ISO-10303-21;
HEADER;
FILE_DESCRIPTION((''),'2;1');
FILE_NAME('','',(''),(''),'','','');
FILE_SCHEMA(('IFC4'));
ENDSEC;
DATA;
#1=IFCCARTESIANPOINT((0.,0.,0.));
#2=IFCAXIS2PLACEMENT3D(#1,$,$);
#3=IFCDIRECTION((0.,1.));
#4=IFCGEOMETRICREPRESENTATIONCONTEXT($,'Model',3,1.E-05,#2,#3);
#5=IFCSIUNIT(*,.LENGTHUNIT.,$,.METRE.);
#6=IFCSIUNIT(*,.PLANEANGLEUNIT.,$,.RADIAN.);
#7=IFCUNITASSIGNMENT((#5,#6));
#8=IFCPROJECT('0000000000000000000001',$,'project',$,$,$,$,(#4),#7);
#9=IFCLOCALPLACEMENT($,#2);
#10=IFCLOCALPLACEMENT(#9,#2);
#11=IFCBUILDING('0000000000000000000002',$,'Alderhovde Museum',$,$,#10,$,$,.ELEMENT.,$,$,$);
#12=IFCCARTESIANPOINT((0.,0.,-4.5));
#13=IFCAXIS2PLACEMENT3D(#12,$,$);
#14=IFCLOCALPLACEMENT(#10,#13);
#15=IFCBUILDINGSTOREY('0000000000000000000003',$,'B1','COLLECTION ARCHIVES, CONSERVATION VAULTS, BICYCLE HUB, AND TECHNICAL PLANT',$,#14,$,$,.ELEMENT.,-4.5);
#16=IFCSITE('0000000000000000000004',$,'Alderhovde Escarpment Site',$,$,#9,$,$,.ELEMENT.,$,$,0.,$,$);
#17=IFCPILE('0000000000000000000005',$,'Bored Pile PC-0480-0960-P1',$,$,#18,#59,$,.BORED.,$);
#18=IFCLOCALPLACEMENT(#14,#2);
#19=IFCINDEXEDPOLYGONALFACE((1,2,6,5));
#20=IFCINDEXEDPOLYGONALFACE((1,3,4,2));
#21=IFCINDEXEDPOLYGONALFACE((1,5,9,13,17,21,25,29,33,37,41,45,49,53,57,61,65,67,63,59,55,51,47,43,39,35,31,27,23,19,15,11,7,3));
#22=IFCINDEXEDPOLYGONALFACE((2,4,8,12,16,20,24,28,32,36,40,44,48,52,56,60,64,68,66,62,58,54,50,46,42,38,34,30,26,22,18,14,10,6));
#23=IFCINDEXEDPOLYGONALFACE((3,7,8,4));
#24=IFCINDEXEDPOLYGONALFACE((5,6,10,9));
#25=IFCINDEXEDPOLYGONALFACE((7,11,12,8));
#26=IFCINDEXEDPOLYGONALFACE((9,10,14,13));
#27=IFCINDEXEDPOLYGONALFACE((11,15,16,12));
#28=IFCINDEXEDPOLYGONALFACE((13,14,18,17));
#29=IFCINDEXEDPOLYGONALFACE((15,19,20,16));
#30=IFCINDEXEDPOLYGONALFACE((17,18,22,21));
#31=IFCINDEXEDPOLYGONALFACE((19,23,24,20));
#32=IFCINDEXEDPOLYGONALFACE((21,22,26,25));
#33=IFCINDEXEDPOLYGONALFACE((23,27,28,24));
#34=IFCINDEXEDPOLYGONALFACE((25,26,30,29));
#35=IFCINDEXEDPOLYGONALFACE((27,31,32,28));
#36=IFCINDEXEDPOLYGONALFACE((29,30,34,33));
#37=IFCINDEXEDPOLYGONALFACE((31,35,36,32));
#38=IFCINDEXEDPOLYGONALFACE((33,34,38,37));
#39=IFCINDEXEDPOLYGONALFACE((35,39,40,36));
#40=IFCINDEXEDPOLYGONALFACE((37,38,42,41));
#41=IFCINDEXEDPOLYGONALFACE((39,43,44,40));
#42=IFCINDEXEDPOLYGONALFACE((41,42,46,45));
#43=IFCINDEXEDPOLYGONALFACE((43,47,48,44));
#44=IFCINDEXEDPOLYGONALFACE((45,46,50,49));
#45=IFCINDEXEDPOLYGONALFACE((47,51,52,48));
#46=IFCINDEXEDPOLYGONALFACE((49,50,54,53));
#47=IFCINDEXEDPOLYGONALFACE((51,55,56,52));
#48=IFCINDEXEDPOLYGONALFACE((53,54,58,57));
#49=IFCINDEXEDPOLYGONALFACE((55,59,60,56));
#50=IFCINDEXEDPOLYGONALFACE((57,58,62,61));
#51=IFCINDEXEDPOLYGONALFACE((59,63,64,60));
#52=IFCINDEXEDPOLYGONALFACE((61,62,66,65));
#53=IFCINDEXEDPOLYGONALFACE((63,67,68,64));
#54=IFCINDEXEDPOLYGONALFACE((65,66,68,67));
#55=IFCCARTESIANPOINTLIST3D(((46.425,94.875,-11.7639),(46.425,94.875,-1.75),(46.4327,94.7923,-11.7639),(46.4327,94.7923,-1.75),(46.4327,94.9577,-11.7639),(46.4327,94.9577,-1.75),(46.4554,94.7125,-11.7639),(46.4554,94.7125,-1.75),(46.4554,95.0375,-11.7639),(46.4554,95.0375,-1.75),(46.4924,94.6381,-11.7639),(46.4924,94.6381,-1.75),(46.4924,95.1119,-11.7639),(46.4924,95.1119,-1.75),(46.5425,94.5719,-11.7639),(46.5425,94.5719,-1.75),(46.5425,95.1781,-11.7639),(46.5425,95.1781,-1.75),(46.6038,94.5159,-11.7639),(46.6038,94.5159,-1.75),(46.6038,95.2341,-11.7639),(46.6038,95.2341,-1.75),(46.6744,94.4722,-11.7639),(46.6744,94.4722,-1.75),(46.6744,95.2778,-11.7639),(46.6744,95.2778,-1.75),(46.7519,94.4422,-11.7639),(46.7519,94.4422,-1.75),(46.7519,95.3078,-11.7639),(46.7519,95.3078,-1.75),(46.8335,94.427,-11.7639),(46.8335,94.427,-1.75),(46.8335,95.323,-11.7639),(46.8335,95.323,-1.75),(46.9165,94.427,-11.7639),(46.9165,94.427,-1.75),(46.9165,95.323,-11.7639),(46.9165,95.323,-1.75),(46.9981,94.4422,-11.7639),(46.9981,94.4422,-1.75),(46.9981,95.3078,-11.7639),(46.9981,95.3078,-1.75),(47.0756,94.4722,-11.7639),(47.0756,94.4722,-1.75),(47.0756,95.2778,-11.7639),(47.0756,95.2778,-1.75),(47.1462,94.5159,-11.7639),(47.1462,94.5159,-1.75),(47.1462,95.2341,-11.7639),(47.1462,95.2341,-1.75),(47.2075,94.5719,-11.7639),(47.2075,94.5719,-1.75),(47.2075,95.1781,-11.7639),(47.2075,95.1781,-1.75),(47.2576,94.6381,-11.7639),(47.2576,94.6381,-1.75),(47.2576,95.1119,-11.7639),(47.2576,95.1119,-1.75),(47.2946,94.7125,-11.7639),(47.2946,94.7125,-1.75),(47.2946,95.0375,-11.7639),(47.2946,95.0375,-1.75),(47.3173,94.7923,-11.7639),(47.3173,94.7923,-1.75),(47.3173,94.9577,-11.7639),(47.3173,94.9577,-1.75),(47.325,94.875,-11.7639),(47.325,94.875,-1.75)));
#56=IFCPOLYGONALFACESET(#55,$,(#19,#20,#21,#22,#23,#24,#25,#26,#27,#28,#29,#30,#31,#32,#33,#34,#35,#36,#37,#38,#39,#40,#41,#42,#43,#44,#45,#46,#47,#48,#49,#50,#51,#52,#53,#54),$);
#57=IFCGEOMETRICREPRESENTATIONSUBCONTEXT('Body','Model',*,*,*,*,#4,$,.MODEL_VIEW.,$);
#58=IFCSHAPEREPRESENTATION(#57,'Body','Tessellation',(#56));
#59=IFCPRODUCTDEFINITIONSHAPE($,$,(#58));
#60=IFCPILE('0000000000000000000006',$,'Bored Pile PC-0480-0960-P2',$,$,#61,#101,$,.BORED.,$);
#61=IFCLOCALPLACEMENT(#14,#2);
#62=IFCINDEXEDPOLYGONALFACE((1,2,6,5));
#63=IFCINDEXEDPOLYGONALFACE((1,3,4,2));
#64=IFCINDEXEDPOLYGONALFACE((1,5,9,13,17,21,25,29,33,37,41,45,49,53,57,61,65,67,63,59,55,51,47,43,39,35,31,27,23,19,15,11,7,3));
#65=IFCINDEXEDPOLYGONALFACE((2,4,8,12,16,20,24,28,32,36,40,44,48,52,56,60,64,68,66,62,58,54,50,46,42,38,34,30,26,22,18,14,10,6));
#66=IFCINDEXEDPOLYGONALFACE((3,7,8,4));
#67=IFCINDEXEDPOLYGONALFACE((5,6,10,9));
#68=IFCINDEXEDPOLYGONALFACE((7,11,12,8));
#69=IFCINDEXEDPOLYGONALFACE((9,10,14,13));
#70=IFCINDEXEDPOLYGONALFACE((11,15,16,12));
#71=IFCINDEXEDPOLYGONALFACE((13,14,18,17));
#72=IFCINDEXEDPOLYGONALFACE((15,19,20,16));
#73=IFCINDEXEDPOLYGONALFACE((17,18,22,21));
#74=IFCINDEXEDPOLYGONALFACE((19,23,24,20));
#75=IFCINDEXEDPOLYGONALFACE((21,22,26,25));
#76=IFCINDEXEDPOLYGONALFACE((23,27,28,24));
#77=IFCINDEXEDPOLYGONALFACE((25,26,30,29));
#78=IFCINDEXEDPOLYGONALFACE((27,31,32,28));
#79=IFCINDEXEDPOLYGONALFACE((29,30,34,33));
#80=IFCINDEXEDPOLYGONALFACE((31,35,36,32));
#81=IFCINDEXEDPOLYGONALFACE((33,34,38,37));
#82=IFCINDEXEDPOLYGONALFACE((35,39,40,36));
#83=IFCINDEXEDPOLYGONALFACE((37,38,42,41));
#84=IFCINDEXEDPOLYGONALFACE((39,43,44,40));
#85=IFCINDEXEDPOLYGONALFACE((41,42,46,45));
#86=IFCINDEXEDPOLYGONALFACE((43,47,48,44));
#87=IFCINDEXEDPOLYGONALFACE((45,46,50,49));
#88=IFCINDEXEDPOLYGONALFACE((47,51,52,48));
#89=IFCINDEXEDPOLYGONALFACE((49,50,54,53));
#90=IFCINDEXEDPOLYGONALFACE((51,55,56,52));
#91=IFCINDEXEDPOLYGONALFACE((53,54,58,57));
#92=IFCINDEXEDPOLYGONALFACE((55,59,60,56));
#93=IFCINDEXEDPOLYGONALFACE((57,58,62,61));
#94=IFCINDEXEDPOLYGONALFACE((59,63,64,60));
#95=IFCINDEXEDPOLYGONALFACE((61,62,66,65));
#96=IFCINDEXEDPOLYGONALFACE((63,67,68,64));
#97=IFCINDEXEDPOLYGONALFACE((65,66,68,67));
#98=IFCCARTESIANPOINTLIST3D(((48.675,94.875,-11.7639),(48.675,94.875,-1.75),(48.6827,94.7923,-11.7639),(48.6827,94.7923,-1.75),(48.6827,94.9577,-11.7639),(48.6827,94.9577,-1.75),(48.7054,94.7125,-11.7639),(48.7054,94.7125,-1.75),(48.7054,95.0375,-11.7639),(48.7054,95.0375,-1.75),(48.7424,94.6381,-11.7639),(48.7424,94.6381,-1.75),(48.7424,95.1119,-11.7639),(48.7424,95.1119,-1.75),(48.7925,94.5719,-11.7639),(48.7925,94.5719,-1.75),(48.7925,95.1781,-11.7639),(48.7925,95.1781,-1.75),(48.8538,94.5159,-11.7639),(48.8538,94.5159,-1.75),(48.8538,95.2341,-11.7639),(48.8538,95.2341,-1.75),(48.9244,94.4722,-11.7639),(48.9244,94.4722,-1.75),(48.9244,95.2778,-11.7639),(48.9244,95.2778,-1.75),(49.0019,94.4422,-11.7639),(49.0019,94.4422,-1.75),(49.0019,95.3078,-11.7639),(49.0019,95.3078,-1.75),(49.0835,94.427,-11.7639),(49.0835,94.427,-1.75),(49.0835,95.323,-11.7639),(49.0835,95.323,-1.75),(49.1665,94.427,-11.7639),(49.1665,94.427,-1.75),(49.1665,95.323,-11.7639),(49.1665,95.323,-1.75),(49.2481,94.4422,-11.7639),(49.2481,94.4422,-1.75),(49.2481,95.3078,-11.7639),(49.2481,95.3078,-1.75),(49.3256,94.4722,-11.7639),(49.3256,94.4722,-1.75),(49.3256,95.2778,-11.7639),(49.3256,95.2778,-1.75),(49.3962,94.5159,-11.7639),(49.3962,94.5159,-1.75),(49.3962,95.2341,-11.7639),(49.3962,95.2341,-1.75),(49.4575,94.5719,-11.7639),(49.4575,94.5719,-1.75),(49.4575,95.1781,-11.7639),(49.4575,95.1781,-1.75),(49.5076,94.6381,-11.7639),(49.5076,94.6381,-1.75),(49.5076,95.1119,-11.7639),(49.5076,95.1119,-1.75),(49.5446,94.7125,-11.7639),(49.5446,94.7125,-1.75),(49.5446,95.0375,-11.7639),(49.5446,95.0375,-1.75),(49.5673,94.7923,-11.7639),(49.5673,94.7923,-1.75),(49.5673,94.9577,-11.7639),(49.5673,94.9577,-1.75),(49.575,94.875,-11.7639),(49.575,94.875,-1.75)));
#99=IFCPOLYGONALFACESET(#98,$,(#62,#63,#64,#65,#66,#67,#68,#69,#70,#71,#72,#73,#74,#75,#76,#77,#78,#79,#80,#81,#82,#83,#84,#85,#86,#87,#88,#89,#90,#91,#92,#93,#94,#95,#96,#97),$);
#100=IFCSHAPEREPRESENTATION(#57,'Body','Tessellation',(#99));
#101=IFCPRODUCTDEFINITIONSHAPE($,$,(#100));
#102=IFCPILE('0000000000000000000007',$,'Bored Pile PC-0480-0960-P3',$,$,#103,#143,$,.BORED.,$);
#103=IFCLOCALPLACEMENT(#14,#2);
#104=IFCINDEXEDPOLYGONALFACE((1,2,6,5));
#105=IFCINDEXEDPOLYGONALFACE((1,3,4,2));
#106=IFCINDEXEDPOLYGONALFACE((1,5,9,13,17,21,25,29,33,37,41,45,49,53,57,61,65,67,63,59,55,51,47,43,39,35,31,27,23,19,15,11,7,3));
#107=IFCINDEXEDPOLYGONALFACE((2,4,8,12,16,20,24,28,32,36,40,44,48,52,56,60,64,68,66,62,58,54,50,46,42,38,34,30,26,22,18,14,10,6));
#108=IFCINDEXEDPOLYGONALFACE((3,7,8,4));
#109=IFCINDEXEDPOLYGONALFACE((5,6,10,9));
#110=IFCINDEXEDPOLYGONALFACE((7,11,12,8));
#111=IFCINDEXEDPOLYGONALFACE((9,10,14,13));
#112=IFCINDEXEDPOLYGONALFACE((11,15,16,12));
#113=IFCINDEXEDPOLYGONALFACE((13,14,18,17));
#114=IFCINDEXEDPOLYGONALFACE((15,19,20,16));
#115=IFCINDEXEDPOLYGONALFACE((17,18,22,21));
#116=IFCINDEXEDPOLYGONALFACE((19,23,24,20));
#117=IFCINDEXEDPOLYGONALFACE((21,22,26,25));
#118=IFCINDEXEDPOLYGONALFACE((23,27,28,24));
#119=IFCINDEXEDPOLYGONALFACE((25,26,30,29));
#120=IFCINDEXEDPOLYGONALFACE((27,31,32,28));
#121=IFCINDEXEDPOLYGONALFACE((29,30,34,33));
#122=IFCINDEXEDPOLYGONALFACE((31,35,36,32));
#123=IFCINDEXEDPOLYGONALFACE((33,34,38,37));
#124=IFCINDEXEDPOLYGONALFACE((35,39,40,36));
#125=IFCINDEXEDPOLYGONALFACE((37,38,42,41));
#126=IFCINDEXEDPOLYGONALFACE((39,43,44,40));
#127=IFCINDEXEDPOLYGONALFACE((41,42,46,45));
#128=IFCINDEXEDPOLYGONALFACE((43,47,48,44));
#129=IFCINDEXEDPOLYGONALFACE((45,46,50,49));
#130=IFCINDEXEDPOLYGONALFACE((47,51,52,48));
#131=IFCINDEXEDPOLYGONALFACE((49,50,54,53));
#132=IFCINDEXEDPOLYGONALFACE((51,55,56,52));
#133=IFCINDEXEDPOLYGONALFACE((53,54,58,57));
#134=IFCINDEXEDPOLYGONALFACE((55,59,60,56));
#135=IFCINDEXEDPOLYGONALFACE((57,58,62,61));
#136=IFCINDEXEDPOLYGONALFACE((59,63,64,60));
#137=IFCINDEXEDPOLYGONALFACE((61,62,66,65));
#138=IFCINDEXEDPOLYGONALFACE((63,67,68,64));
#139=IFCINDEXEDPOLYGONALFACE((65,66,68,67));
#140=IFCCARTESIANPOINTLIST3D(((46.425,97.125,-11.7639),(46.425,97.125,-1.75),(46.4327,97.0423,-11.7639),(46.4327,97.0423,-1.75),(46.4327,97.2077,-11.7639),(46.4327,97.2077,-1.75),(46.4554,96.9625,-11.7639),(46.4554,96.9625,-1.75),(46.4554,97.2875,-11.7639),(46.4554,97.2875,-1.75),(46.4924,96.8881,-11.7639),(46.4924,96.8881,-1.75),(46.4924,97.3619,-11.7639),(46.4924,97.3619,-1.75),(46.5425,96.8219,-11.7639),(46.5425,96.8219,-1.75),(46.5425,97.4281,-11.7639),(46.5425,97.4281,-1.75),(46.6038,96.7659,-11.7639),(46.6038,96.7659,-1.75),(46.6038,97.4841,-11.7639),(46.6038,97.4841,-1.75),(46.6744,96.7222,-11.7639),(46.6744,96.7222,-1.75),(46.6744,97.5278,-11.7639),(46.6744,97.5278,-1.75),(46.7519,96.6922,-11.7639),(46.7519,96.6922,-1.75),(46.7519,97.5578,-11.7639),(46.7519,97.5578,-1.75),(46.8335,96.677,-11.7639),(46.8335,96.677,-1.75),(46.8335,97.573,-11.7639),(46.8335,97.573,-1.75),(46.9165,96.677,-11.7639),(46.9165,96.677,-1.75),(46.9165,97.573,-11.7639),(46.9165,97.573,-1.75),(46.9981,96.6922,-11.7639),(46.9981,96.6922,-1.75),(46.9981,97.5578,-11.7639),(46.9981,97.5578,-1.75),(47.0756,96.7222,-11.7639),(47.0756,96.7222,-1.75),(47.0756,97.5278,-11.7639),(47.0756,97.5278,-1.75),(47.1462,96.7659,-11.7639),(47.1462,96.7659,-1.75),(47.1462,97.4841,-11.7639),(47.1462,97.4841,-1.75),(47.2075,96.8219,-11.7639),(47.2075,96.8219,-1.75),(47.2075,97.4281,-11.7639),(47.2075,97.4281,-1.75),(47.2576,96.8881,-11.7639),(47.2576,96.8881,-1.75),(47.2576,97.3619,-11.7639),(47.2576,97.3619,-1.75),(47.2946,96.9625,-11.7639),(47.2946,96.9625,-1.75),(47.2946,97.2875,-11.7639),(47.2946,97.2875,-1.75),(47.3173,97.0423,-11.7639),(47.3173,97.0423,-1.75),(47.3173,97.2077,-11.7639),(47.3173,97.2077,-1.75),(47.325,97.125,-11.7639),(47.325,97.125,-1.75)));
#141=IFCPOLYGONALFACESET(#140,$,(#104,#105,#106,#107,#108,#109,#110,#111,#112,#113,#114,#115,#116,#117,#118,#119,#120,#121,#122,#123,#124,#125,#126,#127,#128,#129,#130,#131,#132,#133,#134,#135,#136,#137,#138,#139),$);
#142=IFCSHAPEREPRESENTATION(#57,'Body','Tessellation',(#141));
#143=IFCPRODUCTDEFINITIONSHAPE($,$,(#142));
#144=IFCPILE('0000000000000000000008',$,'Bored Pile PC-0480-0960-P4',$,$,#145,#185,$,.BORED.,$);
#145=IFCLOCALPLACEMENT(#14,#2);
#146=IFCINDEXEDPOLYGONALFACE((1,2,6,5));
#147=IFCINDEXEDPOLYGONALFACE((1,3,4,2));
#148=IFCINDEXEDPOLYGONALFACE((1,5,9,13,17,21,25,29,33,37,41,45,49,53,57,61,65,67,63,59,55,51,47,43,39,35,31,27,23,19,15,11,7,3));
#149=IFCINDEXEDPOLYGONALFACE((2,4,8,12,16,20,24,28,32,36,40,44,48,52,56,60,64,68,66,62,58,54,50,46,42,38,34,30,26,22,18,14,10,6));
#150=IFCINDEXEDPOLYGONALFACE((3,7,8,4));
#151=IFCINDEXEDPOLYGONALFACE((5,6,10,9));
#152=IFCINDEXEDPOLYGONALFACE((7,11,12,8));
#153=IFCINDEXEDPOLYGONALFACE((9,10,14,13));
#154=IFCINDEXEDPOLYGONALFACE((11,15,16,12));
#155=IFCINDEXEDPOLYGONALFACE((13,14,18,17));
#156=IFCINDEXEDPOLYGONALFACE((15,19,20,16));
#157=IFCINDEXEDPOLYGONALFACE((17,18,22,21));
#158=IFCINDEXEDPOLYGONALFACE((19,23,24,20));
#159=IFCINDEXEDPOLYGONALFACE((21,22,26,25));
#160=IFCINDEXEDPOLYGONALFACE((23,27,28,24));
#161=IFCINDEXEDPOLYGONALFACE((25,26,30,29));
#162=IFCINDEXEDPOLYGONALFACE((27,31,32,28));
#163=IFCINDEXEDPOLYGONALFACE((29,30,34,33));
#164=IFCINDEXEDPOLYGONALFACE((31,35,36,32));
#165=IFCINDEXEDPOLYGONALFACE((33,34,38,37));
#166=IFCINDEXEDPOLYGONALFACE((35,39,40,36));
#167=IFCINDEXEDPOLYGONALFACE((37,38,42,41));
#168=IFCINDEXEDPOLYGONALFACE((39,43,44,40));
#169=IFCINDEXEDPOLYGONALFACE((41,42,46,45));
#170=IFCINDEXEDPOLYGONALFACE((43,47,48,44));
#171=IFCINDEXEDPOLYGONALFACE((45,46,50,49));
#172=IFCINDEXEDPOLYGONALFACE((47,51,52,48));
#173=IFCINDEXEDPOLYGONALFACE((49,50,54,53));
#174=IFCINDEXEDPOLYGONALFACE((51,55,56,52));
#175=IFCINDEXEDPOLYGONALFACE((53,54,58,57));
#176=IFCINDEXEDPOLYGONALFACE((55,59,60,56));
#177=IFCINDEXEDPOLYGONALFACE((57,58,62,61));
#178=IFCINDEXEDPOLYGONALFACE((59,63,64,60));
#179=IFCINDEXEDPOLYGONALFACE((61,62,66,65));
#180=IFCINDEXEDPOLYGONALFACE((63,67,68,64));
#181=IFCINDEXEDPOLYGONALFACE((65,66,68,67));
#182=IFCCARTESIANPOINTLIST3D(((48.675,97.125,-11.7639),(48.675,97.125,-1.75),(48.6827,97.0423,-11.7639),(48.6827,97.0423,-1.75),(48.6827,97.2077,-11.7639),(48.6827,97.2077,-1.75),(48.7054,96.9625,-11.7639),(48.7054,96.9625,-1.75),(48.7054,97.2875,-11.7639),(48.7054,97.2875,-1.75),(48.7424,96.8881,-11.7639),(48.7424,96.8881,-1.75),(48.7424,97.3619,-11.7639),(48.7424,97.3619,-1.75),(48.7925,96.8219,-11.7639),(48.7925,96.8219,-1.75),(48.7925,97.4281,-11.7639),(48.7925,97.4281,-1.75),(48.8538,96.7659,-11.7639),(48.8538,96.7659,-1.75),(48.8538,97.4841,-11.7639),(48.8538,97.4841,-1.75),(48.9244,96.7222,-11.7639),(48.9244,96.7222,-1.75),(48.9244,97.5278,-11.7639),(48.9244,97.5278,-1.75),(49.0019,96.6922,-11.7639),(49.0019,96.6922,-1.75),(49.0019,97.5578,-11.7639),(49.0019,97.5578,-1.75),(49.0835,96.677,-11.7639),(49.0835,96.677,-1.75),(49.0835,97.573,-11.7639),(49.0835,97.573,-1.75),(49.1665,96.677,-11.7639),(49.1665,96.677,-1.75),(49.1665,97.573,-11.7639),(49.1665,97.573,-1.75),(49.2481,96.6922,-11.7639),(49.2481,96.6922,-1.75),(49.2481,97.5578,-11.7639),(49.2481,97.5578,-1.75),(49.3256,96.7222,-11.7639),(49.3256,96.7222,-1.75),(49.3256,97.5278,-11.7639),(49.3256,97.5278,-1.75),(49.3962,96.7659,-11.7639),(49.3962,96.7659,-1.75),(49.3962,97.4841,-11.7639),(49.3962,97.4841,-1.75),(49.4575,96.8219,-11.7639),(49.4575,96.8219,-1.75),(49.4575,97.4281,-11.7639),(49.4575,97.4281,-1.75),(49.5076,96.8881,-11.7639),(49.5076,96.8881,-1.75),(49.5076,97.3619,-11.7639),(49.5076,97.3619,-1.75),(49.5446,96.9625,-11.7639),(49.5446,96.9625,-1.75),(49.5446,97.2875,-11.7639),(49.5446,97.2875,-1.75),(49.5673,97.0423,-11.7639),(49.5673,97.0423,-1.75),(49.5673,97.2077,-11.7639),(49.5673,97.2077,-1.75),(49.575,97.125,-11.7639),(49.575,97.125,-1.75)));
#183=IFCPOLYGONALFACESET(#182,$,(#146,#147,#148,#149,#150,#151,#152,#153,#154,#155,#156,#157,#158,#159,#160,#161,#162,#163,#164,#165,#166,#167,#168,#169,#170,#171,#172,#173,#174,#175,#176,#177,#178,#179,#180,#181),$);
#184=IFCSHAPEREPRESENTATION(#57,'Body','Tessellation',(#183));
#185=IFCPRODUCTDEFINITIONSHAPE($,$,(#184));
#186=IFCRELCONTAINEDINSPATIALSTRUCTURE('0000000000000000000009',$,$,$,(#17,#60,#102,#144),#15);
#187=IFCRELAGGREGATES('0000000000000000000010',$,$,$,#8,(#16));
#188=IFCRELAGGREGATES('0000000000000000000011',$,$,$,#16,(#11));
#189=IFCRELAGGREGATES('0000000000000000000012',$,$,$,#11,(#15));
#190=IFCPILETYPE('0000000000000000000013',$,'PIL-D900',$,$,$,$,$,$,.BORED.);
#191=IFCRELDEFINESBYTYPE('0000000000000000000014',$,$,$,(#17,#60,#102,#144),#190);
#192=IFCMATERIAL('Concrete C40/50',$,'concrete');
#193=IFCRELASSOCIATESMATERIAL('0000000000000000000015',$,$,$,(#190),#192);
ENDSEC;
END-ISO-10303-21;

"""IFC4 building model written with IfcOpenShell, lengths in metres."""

from ifc_helpers import new_model, si_unit, direction, frame, origin, origin_2d, place, context, subcontext, project, spatial, circle, extrude, material, material_profile, profile_set, type_object, element, save


model = new_model("IFC4")

# Units and contexts
model_context = context("Model", 3, precision=1e-05, world=origin(), true_north=direction((0.0, 1.0)))
body_context = subcontext(model_context, "Body", "Model", "MODEL_VIEW")
ifc_project = project(units=[si_unit("LENGTHUNIT", "METRE"), si_unit("PLANEANGLEUNIT", "RADIAN")], contexts=[model_context])

# Site, building, storey
site_placement = place(None, origin())
site = spatial("IfcSite", under=ifc_project, at=site_placement, Name="Alderhovde Escarpment Site", CompositionType="ELEMENT", RefElevation=0.0)
building_placement = place(site_placement, origin())
building = spatial("IfcBuilding", under=site, at=building_placement, Name="Alderhovde Museum", CompositionType="ELEMENT")
storey_placement = place(building_placement, frame((0.0, 0.0, -4.5)))
storey = spatial("IfcBuildingStorey", under=building, at=storey_placement, Name="B1", Description="COLLECTION ARCHIVES, CONSERVATION VAULTS, BICYCLE HUB, AND TECHNICAL PLANT", CompositionType="ELEMENT", Elevation=-4.5)

# Piles
ifc_material_1 = material(Name="Concrete C40/50", Category="concrete")
ifc_material_profile_1 = material_profile(ifc_material_1, circle(Radius=0.45, at=origin_2d()), Name="PILE-D900")
ifc_profile_set_1 = profile_set([ifc_material_profile_1], Name="Concrete C40/50")
pile_type_1 = type_object("IfcPileType", Name="PIL-D900", PredefinedType="BORED", material=ifc_profile_set_1)
for number, where, z_axis, x_axis, name in (
    (1, (46.875, 94.875, -1.75), (0.0, 0.0, -1.0), (1.0, 0.0, 0.0), "Bored Pile PC-0480-0960-P1"),
    (2, (49.125, 94.875, -1.75), (0.0, 0.0, -1.0), (1.0, 0.0, 0.0), "Bored Pile PC-0480-0960-P2"),
    (3, (46.875, 97.125, -1.75), (0.0, 0.0, -1.0), (1.0, 0.0, 0.0), "Bored Pile PC-0480-0960-P3"),
    (4, (49.125, 97.125, -1.75), (0.0, 0.0, -1.0), (1.0, 0.0, 0.0), "Bored Pile PC-0480-0960-P4"),
):
    element("IfcPile", number, at=place(storey_placement, frame(where, z_axis=z_axis, x_axis=x_axis)), inside=storey, type_object=pile_type_1, Name=name, PredefinedType="BORED", context=body_context, shape_type="SweptSolid", body=[
        extrude(circle(Radius=0.45, at=origin_2d()), origin(), (0.0, 0.0, 1.0), 10.0139),
    ])

save(model, "model.ifc")
